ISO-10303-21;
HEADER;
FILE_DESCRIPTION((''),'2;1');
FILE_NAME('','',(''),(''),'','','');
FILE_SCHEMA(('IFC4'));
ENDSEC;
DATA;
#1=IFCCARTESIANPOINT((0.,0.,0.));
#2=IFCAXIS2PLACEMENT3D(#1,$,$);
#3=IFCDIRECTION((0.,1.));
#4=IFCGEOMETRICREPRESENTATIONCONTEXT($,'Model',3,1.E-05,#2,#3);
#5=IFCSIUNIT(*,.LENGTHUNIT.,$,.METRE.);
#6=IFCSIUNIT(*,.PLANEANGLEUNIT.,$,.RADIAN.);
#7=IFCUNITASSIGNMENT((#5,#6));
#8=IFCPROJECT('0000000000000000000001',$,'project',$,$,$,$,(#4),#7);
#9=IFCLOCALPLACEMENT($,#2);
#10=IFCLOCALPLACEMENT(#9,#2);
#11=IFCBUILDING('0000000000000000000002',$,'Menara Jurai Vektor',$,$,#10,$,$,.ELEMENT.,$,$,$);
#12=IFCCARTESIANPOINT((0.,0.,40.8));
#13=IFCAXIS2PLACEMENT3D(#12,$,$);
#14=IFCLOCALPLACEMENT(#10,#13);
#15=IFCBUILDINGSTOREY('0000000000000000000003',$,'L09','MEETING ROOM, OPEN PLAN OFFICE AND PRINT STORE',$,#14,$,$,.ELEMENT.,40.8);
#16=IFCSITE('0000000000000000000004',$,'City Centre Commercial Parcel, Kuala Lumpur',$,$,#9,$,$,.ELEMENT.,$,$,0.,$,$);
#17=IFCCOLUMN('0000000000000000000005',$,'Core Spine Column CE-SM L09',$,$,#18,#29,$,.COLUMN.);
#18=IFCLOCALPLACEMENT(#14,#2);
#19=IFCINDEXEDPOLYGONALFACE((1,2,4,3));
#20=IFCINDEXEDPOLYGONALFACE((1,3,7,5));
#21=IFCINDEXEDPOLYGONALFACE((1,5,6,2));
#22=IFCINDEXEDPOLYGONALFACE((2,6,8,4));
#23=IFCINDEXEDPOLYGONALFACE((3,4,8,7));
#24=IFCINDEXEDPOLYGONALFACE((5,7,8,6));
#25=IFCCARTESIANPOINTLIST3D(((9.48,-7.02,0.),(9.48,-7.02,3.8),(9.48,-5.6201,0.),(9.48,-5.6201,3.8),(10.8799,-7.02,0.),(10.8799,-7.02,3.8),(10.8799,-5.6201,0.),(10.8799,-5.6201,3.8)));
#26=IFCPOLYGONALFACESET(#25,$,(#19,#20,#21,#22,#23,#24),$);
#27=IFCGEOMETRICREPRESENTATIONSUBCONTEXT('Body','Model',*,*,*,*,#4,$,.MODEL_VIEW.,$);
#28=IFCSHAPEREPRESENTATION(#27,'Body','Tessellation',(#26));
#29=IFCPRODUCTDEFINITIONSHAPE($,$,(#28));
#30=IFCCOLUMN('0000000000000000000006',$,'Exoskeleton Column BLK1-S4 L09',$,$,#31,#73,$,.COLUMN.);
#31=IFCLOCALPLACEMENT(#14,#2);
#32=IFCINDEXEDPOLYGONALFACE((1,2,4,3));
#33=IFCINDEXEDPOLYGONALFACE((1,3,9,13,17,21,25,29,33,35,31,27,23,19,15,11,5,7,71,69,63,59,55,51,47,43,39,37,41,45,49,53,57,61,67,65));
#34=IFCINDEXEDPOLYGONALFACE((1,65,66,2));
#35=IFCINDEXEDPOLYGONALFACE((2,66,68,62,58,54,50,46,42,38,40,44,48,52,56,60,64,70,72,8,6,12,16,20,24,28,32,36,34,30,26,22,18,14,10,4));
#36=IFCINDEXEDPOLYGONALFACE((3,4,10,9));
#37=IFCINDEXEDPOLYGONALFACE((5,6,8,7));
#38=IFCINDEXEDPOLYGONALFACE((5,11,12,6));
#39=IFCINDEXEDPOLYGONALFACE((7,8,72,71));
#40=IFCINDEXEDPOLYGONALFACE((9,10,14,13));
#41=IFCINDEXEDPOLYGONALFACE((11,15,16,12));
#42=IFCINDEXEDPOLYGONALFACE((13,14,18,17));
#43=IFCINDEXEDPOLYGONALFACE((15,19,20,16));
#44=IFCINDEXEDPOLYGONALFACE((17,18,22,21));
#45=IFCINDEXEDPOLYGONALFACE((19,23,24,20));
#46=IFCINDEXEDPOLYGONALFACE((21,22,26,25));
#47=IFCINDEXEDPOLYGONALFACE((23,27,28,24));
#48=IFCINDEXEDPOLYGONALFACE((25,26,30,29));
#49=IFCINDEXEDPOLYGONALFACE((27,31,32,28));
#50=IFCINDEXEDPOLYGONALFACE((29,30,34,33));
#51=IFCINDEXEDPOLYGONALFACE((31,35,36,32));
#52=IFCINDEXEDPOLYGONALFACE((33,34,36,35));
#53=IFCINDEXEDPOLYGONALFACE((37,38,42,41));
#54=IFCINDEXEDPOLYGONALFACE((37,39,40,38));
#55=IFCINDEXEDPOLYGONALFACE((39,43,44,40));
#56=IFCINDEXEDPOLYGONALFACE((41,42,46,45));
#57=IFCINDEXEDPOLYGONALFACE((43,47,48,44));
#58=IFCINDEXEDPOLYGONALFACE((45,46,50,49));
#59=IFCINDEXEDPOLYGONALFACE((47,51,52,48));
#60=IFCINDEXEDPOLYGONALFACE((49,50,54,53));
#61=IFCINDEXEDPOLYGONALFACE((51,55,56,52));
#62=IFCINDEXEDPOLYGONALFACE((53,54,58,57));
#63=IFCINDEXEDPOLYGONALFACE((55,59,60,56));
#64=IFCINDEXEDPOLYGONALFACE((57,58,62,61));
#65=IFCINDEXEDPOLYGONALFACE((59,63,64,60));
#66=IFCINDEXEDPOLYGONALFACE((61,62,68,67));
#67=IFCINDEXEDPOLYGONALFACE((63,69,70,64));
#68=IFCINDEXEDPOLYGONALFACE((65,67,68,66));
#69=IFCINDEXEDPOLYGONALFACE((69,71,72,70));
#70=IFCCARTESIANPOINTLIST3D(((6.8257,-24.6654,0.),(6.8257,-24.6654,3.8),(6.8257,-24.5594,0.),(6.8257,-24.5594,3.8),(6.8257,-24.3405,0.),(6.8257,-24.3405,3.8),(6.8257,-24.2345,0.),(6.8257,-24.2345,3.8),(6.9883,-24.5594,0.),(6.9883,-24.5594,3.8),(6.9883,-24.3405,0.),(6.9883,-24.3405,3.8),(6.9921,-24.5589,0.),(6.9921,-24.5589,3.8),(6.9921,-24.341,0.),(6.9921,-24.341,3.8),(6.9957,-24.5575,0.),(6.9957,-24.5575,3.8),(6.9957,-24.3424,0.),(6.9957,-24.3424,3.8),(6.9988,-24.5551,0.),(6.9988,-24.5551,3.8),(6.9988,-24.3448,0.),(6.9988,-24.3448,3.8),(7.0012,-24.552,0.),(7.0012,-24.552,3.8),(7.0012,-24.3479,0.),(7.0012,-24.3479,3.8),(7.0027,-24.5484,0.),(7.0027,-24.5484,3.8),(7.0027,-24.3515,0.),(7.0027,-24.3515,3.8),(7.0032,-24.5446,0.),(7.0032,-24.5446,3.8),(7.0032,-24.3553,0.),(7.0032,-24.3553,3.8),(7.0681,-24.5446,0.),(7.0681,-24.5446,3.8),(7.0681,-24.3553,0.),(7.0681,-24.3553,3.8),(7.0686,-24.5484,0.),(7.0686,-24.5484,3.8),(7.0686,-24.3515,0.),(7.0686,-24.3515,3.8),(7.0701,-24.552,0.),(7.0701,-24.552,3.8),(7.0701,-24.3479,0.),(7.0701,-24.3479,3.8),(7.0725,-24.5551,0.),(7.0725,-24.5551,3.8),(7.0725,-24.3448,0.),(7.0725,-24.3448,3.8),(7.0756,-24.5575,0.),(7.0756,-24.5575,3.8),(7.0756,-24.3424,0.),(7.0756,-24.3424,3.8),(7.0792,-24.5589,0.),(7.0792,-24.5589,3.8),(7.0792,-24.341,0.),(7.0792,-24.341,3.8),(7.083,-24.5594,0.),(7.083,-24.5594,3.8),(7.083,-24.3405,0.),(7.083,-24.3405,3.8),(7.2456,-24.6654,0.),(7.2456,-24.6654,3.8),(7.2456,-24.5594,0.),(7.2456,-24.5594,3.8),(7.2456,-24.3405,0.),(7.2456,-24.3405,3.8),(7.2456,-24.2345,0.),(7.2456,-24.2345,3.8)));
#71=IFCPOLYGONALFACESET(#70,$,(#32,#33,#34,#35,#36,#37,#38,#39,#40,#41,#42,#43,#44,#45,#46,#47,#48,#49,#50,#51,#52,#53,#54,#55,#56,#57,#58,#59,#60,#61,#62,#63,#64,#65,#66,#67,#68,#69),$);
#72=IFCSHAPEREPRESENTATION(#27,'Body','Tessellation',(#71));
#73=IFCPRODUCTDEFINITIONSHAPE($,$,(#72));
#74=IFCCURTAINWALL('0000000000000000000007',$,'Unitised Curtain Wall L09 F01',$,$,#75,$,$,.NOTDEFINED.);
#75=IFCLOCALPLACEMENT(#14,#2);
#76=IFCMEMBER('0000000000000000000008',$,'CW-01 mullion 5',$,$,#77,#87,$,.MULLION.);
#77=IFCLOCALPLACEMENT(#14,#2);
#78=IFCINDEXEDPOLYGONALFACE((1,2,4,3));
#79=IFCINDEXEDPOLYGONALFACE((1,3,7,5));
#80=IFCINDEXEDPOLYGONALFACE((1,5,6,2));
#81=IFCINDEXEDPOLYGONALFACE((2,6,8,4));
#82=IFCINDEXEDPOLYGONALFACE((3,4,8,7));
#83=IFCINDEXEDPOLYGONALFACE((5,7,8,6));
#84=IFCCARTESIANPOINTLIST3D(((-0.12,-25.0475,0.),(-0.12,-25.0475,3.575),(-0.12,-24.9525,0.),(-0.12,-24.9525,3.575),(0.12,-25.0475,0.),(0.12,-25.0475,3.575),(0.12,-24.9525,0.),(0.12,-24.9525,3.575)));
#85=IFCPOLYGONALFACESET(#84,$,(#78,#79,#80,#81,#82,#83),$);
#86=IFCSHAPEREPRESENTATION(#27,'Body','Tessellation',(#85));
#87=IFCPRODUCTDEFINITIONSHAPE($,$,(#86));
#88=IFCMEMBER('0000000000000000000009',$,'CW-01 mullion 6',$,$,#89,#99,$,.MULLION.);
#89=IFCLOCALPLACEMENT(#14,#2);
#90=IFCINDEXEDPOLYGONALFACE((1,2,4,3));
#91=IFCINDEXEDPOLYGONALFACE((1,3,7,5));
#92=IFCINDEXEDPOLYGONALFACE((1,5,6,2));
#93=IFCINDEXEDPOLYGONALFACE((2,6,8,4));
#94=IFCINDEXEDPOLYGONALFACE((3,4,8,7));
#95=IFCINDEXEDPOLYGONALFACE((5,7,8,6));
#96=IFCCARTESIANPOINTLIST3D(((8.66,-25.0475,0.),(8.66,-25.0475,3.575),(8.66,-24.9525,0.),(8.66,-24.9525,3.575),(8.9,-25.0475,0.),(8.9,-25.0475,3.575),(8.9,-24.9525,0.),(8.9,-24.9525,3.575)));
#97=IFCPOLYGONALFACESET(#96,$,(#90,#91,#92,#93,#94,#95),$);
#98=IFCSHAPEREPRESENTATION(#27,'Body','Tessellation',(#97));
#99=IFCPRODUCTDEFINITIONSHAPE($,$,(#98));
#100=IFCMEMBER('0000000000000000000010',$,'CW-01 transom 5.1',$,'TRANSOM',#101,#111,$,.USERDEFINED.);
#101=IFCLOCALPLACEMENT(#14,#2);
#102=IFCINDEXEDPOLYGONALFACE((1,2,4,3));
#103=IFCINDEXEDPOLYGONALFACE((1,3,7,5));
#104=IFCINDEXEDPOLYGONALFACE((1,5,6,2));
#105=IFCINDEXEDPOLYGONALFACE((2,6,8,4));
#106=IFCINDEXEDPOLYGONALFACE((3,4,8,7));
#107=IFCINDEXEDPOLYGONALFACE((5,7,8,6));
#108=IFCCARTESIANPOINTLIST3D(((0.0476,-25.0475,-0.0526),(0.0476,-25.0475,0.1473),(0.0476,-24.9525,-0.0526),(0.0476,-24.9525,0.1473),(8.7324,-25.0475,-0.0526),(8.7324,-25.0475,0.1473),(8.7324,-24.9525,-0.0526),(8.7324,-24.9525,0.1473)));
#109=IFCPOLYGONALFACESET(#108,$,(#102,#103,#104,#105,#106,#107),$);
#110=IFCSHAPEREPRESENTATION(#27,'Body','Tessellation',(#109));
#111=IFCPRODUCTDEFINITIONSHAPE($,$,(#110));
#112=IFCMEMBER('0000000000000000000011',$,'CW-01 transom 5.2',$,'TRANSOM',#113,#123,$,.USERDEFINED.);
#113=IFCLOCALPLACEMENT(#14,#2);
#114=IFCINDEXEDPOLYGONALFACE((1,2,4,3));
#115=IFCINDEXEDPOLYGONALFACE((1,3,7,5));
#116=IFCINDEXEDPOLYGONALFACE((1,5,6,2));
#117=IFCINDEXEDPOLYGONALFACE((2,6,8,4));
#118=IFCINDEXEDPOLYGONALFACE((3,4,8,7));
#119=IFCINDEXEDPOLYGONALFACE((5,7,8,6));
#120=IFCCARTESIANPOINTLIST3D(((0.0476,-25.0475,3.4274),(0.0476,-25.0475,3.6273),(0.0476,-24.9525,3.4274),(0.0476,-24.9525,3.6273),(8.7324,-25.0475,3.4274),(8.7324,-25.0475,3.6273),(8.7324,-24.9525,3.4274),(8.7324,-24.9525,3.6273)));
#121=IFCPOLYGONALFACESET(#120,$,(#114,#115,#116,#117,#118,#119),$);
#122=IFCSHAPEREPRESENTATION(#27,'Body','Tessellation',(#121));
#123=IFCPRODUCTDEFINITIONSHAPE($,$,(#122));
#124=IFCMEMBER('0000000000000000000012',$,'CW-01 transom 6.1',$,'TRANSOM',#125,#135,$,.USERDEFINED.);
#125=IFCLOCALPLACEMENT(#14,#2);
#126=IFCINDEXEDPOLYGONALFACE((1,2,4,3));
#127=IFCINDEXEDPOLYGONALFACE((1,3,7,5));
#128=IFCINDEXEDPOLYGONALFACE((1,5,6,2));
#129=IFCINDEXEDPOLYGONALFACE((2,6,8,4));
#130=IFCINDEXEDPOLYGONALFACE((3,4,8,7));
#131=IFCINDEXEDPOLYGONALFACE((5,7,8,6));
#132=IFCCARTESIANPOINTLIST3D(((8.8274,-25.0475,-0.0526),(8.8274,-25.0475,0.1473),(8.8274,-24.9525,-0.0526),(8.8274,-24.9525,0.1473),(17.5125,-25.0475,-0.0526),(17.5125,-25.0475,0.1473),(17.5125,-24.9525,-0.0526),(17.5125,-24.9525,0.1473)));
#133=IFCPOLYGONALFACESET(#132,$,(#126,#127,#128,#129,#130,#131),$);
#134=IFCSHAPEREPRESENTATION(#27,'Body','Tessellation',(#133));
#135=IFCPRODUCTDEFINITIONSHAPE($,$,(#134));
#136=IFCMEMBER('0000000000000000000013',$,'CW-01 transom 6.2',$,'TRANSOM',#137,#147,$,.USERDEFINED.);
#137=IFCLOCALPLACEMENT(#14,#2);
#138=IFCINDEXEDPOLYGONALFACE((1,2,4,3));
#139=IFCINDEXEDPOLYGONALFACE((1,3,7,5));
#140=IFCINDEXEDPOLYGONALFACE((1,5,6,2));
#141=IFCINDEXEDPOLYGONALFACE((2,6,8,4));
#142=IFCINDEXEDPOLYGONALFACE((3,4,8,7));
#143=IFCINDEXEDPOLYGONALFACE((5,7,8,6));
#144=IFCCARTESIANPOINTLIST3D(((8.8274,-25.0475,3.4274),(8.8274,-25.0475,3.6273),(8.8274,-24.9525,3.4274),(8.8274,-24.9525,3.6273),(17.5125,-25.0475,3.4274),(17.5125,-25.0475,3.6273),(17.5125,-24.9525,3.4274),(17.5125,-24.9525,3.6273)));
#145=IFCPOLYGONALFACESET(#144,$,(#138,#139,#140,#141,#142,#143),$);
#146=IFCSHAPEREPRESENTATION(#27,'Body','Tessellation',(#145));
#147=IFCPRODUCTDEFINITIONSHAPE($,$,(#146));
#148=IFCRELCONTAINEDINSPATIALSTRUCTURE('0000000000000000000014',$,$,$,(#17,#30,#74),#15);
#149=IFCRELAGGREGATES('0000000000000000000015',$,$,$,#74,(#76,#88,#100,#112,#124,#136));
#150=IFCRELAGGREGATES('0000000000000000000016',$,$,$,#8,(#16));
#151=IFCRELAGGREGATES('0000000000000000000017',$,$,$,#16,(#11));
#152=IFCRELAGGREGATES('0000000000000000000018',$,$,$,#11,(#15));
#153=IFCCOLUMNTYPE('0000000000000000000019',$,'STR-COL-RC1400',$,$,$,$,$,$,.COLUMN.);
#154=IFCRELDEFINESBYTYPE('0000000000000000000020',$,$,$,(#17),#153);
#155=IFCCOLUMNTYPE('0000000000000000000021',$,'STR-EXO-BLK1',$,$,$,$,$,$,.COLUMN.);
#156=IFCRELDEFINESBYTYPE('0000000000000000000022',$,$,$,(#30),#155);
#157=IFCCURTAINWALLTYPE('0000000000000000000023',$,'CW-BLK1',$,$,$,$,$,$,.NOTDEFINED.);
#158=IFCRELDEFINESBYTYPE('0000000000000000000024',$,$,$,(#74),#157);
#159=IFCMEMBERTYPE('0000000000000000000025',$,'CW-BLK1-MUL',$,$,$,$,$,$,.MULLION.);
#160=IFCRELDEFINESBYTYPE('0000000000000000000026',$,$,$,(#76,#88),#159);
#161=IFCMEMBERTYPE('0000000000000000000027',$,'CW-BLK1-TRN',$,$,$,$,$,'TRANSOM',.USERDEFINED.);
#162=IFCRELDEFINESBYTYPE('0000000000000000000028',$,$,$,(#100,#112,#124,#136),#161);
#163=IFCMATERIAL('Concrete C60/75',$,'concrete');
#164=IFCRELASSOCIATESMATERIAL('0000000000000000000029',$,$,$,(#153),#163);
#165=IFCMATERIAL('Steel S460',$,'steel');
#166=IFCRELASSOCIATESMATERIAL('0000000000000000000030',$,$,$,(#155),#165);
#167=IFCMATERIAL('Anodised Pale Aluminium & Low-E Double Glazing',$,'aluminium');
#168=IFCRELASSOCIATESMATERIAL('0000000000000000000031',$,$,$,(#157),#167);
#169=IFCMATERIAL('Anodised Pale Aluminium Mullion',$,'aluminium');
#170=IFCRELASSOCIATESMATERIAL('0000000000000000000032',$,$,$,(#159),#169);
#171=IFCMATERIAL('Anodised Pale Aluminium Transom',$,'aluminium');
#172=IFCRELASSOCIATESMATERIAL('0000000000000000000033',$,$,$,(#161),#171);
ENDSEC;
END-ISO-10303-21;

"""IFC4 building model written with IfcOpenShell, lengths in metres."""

from ifc_helpers import new_model, si_unit, direction, frame, origin, origin_2d, place, context, subcontext, project, spatial, rectangle, i_section, extrude, material, material_profile, profile_set, type_object, element, aggregate, save


model = new_model("IFC4")

# Units and contexts
model_context = context("Model", 3, precision=1e-05, world=origin(), true_north=direction((0.0, 1.0)))
body_context = subcontext(model_context, "Body", "Model", "MODEL_VIEW")
ifc_project = project(units=[si_unit("LENGTHUNIT", "METRE"), si_unit("PLANEANGLEUNIT", "RADIAN")], contexts=[model_context])

# Site, building, storey
site_placement = place(None, origin())
site = spatial("IfcSite", under=ifc_project, at=site_placement, Name="City Centre Commercial Parcel, Kuala Lumpur", CompositionType="ELEMENT", RefElevation=0.0)
building_placement = place(site_placement, origin())
building = spatial("IfcBuilding", under=site, at=building_placement, Name="Menara Jurai Vektor", CompositionType="ELEMENT")
storey_placement = place(building_placement, frame((0.0, 0.0, 40.8)))
storey = spatial("IfcBuildingStorey", under=building, at=storey_placement, Name="L09", Description="MEETING ROOM, OPEN PLAN OFFICE AND PRINT STORE", CompositionType="ELEMENT", Elevation=40.8)

# Columns
ifc_material_1 = material(Name="Concrete C60/75", Category="concrete")
ifc_material_profile_1 = material_profile(ifc_material_1, rectangle(XDim=1.3999, YDim=1.3999, at=origin_2d()), Name="RC 1400x1400")
ifc_profile_set_1 = profile_set([ifc_material_profile_1], Name="Concrete C60/75")
column_type_1 = type_object("IfcColumnType", Name="STR-COL-RC1400", PredefinedType="COLUMN", material=ifc_profile_set_1)
column_1_placement = place(storey_placement, frame((10.1799, -6.3201, 0.0), z_axis=(0.0, 0.0, 1.0), x_axis=(1.0, 0.0, 0.0)))
element("IfcColumn", 1, at=column_1_placement, inside=storey, type_object=column_type_1, Name="Core Spine Column CE-SM L09", PredefinedType="COLUMN", context=body_context, shape_type="SweptSolid", body=[
    extrude(rectangle(XDim=1.3999, YDim=1.3999, at=origin_2d()), origin(), (0.0, 0.0, 1.0), 3.8),
])
ifc_material_2 = material(Name="Steel S460", Category="steel")
ifc_material_profile_2 = material_profile(ifc_material_2, i_section(OverallWidth=0.4199, OverallDepth=0.4309, WebThickness=0.0649, FlangeThickness=0.106, FilletRadius=0.0149, at=origin_2d()), Name="HD 400x900")
ifc_profile_set_2 = profile_set([ifc_material_profile_2], Name="Steel S460")
column_type_2 = type_object("IfcColumnType", Name="STR-EXO-BLK1", PredefinedType="COLUMN", material=ifc_profile_set_2)
column_2_placement = place(storey_placement, frame((7.0356, -24.45, 0.0), z_axis=(0.0, 0.0, 1.0), x_axis=(1.0, 0.0, 0.0)))
element("IfcColumn", 2, at=column_2_placement, inside=storey, type_object=column_type_2, Name="Exoskeleton Column BLK1-S4 L09", PredefinedType="COLUMN", context=body_context, shape_type="SweptSolid", body=[
    extrude(i_section(OverallWidth=0.4199, OverallDepth=0.4309, WebThickness=0.0649, FlangeThickness=0.106, FilletRadius=0.0149, at=origin_2d()), origin(), (0.0, 0.0, 1.0), 3.8),
])

# Curtain wall, members
ifc_material_3 = material(Name="Anodised Pale Aluminium & Low-E Double Glazing", Category="aluminium")
curtain_wall_type = type_object("IfcCurtainWallType", Name="CW-BLK1", PredefinedType="NOTDEFINED", material=ifc_material_3)
curtain_wall_placement = place(storey_placement, origin())
curtain_wall = element("IfcCurtainWall", 3, at=curtain_wall_placement, inside=storey, type_object=curtain_wall_type, Name="Unitised Curtain Wall L09 F01", PredefinedType="NOTDEFINED")
ifc_material_4 = material(Name="Anodised Pale Aluminium Mullion", Category="aluminium")
ifc_material_profile_3 = material_profile(ifc_material_4, rectangle(XDim=0.095, YDim=0.24, at=origin_2d()), Name="ALU MUL 95x240")
ifc_profile_set_3 = profile_set([ifc_material_profile_3], Name="Anodised Pale Aluminium Mullion")
member_type_1 = type_object("IfcMemberType", Name="CW-BLK1-MUL", PredefinedType="MULLION", material=ifc_profile_set_3)
member_1_placement = place(storey_placement, frame((0.0, -25.0, 0.0), z_axis=(0.0, 0.0, 1.0), x_axis=(0.0, 1.0, 0.0)))
member_1 = element("IfcMember", 4, at=member_1_placement, type_object=member_type_1, Name="CW-01 mullion 5", PredefinedType="MULLION", context=body_context, shape_type="SweptSolid", body=[
    extrude(rectangle(XDim=0.095, YDim=0.24, at=origin_2d()), origin(), (0.0, 0.0, 1.0), 3.575),
])
member_2_placement = place(storey_placement, frame((8.78, -25.0, 0.0), z_axis=(0.0, 0.0, 1.0), x_axis=(0.0, 1.0, 0.0)))
member_2 = element("IfcMember", 5, at=member_2_placement, type_object=member_type_1, Name="CW-01 mullion 6", PredefinedType="MULLION", context=body_context, shape_type="SweptSolid", body=[
    extrude(rectangle(XDim=0.095, YDim=0.24, at=origin_2d()), origin(), (0.0, 0.0, 1.0), 3.575),
])
ifc_material_5 = material(Name="Anodised Pale Aluminium Transom", Category="aluminium")
ifc_material_profile_4 = material_profile(ifc_material_5, rectangle(XDim=0.095, YDim=0.2, at=origin_2d()), Name="ALU TRN 95x200")
ifc_profile_set_4 = profile_set([ifc_material_profile_4], Name="Anodised Pale Aluminium Transom")
member_type_2 = type_object("IfcMemberType", Name="CW-BLK1-TRN", ElementType="TRANSOM", PredefinedType="USERDEFINED", material=ifc_profile_set_4)
member_3_placement = place(storey_placement, frame((0.0476, -25.0, 0.0474), z_axis=(1.0, 0.0, 0.0), x_axis=(0.0, 1.0, 0.0)))
member_3 = element("IfcMember", 6, at=member_3_placement, type_object=member_type_2, Name="CW-01 transom 5.1", ObjectType="TRANSOM", PredefinedType="USERDEFINED", context=body_context, shape_type="SweptSolid", body=[
    extrude(rectangle(XDim=0.095, YDim=0.2, at=origin_2d()), origin(), (0.0, 0.0, 1.0), 8.6848),
])
member_4_placement = place(storey_placement, frame((0.0476, -25.0, 3.5273), z_axis=(1.0, 0.0, 0.0), x_axis=(0.0, 1.0, 0.0)))
member_4 = element("IfcMember", 7, at=member_4_placement, type_object=member_type_2, Name="CW-01 transom 5.2", ObjectType="TRANSOM", PredefinedType="USERDEFINED", context=body_context, shape_type="SweptSolid", body=[
    extrude(rectangle(XDim=0.095, YDim=0.2, at=origin_2d()), origin(), (0.0, 0.0, 1.0), 8.6848),
])
member_5_placement = place(storey_placement, frame((8.8274, -25.0, 0.0474), z_axis=(1.0, 0.0, 0.0), x_axis=(0.0, 1.0, 0.0)))
member_5 = element("IfcMember", 8, at=member_5_placement, type_object=member_type_2, Name="CW-01 transom 6.1", ObjectType="TRANSOM", PredefinedType="USERDEFINED", context=body_context, shape_type="SweptSolid", body=[
    extrude(rectangle(XDim=0.095, YDim=0.2, at=origin_2d()), origin(), (0.0, 0.0, 1.0), 8.6851),
])
member_6_placement = place(storey_placement, frame((8.8274, -25.0, 3.5273), z_axis=(1.0, 0.0, 0.0), x_axis=(0.0, 1.0, 0.0)))
member_6 = element("IfcMember", 9, at=member_6_placement, type_object=member_type_2, Name="CW-01 transom 6.2", ObjectType="TRANSOM", PredefinedType="USERDEFINED", context=body_context, shape_type="SweptSolid", body=[
    extrude(rectangle(XDim=0.095, YDim=0.2, at=origin_2d()), origin(), (0.0, 0.0, 1.0), 8.6851),
])

aggregate(curtain_wall, [member_1, member_2, member_3, member_4, member_5, member_6])

save(model, "model.ifc")
